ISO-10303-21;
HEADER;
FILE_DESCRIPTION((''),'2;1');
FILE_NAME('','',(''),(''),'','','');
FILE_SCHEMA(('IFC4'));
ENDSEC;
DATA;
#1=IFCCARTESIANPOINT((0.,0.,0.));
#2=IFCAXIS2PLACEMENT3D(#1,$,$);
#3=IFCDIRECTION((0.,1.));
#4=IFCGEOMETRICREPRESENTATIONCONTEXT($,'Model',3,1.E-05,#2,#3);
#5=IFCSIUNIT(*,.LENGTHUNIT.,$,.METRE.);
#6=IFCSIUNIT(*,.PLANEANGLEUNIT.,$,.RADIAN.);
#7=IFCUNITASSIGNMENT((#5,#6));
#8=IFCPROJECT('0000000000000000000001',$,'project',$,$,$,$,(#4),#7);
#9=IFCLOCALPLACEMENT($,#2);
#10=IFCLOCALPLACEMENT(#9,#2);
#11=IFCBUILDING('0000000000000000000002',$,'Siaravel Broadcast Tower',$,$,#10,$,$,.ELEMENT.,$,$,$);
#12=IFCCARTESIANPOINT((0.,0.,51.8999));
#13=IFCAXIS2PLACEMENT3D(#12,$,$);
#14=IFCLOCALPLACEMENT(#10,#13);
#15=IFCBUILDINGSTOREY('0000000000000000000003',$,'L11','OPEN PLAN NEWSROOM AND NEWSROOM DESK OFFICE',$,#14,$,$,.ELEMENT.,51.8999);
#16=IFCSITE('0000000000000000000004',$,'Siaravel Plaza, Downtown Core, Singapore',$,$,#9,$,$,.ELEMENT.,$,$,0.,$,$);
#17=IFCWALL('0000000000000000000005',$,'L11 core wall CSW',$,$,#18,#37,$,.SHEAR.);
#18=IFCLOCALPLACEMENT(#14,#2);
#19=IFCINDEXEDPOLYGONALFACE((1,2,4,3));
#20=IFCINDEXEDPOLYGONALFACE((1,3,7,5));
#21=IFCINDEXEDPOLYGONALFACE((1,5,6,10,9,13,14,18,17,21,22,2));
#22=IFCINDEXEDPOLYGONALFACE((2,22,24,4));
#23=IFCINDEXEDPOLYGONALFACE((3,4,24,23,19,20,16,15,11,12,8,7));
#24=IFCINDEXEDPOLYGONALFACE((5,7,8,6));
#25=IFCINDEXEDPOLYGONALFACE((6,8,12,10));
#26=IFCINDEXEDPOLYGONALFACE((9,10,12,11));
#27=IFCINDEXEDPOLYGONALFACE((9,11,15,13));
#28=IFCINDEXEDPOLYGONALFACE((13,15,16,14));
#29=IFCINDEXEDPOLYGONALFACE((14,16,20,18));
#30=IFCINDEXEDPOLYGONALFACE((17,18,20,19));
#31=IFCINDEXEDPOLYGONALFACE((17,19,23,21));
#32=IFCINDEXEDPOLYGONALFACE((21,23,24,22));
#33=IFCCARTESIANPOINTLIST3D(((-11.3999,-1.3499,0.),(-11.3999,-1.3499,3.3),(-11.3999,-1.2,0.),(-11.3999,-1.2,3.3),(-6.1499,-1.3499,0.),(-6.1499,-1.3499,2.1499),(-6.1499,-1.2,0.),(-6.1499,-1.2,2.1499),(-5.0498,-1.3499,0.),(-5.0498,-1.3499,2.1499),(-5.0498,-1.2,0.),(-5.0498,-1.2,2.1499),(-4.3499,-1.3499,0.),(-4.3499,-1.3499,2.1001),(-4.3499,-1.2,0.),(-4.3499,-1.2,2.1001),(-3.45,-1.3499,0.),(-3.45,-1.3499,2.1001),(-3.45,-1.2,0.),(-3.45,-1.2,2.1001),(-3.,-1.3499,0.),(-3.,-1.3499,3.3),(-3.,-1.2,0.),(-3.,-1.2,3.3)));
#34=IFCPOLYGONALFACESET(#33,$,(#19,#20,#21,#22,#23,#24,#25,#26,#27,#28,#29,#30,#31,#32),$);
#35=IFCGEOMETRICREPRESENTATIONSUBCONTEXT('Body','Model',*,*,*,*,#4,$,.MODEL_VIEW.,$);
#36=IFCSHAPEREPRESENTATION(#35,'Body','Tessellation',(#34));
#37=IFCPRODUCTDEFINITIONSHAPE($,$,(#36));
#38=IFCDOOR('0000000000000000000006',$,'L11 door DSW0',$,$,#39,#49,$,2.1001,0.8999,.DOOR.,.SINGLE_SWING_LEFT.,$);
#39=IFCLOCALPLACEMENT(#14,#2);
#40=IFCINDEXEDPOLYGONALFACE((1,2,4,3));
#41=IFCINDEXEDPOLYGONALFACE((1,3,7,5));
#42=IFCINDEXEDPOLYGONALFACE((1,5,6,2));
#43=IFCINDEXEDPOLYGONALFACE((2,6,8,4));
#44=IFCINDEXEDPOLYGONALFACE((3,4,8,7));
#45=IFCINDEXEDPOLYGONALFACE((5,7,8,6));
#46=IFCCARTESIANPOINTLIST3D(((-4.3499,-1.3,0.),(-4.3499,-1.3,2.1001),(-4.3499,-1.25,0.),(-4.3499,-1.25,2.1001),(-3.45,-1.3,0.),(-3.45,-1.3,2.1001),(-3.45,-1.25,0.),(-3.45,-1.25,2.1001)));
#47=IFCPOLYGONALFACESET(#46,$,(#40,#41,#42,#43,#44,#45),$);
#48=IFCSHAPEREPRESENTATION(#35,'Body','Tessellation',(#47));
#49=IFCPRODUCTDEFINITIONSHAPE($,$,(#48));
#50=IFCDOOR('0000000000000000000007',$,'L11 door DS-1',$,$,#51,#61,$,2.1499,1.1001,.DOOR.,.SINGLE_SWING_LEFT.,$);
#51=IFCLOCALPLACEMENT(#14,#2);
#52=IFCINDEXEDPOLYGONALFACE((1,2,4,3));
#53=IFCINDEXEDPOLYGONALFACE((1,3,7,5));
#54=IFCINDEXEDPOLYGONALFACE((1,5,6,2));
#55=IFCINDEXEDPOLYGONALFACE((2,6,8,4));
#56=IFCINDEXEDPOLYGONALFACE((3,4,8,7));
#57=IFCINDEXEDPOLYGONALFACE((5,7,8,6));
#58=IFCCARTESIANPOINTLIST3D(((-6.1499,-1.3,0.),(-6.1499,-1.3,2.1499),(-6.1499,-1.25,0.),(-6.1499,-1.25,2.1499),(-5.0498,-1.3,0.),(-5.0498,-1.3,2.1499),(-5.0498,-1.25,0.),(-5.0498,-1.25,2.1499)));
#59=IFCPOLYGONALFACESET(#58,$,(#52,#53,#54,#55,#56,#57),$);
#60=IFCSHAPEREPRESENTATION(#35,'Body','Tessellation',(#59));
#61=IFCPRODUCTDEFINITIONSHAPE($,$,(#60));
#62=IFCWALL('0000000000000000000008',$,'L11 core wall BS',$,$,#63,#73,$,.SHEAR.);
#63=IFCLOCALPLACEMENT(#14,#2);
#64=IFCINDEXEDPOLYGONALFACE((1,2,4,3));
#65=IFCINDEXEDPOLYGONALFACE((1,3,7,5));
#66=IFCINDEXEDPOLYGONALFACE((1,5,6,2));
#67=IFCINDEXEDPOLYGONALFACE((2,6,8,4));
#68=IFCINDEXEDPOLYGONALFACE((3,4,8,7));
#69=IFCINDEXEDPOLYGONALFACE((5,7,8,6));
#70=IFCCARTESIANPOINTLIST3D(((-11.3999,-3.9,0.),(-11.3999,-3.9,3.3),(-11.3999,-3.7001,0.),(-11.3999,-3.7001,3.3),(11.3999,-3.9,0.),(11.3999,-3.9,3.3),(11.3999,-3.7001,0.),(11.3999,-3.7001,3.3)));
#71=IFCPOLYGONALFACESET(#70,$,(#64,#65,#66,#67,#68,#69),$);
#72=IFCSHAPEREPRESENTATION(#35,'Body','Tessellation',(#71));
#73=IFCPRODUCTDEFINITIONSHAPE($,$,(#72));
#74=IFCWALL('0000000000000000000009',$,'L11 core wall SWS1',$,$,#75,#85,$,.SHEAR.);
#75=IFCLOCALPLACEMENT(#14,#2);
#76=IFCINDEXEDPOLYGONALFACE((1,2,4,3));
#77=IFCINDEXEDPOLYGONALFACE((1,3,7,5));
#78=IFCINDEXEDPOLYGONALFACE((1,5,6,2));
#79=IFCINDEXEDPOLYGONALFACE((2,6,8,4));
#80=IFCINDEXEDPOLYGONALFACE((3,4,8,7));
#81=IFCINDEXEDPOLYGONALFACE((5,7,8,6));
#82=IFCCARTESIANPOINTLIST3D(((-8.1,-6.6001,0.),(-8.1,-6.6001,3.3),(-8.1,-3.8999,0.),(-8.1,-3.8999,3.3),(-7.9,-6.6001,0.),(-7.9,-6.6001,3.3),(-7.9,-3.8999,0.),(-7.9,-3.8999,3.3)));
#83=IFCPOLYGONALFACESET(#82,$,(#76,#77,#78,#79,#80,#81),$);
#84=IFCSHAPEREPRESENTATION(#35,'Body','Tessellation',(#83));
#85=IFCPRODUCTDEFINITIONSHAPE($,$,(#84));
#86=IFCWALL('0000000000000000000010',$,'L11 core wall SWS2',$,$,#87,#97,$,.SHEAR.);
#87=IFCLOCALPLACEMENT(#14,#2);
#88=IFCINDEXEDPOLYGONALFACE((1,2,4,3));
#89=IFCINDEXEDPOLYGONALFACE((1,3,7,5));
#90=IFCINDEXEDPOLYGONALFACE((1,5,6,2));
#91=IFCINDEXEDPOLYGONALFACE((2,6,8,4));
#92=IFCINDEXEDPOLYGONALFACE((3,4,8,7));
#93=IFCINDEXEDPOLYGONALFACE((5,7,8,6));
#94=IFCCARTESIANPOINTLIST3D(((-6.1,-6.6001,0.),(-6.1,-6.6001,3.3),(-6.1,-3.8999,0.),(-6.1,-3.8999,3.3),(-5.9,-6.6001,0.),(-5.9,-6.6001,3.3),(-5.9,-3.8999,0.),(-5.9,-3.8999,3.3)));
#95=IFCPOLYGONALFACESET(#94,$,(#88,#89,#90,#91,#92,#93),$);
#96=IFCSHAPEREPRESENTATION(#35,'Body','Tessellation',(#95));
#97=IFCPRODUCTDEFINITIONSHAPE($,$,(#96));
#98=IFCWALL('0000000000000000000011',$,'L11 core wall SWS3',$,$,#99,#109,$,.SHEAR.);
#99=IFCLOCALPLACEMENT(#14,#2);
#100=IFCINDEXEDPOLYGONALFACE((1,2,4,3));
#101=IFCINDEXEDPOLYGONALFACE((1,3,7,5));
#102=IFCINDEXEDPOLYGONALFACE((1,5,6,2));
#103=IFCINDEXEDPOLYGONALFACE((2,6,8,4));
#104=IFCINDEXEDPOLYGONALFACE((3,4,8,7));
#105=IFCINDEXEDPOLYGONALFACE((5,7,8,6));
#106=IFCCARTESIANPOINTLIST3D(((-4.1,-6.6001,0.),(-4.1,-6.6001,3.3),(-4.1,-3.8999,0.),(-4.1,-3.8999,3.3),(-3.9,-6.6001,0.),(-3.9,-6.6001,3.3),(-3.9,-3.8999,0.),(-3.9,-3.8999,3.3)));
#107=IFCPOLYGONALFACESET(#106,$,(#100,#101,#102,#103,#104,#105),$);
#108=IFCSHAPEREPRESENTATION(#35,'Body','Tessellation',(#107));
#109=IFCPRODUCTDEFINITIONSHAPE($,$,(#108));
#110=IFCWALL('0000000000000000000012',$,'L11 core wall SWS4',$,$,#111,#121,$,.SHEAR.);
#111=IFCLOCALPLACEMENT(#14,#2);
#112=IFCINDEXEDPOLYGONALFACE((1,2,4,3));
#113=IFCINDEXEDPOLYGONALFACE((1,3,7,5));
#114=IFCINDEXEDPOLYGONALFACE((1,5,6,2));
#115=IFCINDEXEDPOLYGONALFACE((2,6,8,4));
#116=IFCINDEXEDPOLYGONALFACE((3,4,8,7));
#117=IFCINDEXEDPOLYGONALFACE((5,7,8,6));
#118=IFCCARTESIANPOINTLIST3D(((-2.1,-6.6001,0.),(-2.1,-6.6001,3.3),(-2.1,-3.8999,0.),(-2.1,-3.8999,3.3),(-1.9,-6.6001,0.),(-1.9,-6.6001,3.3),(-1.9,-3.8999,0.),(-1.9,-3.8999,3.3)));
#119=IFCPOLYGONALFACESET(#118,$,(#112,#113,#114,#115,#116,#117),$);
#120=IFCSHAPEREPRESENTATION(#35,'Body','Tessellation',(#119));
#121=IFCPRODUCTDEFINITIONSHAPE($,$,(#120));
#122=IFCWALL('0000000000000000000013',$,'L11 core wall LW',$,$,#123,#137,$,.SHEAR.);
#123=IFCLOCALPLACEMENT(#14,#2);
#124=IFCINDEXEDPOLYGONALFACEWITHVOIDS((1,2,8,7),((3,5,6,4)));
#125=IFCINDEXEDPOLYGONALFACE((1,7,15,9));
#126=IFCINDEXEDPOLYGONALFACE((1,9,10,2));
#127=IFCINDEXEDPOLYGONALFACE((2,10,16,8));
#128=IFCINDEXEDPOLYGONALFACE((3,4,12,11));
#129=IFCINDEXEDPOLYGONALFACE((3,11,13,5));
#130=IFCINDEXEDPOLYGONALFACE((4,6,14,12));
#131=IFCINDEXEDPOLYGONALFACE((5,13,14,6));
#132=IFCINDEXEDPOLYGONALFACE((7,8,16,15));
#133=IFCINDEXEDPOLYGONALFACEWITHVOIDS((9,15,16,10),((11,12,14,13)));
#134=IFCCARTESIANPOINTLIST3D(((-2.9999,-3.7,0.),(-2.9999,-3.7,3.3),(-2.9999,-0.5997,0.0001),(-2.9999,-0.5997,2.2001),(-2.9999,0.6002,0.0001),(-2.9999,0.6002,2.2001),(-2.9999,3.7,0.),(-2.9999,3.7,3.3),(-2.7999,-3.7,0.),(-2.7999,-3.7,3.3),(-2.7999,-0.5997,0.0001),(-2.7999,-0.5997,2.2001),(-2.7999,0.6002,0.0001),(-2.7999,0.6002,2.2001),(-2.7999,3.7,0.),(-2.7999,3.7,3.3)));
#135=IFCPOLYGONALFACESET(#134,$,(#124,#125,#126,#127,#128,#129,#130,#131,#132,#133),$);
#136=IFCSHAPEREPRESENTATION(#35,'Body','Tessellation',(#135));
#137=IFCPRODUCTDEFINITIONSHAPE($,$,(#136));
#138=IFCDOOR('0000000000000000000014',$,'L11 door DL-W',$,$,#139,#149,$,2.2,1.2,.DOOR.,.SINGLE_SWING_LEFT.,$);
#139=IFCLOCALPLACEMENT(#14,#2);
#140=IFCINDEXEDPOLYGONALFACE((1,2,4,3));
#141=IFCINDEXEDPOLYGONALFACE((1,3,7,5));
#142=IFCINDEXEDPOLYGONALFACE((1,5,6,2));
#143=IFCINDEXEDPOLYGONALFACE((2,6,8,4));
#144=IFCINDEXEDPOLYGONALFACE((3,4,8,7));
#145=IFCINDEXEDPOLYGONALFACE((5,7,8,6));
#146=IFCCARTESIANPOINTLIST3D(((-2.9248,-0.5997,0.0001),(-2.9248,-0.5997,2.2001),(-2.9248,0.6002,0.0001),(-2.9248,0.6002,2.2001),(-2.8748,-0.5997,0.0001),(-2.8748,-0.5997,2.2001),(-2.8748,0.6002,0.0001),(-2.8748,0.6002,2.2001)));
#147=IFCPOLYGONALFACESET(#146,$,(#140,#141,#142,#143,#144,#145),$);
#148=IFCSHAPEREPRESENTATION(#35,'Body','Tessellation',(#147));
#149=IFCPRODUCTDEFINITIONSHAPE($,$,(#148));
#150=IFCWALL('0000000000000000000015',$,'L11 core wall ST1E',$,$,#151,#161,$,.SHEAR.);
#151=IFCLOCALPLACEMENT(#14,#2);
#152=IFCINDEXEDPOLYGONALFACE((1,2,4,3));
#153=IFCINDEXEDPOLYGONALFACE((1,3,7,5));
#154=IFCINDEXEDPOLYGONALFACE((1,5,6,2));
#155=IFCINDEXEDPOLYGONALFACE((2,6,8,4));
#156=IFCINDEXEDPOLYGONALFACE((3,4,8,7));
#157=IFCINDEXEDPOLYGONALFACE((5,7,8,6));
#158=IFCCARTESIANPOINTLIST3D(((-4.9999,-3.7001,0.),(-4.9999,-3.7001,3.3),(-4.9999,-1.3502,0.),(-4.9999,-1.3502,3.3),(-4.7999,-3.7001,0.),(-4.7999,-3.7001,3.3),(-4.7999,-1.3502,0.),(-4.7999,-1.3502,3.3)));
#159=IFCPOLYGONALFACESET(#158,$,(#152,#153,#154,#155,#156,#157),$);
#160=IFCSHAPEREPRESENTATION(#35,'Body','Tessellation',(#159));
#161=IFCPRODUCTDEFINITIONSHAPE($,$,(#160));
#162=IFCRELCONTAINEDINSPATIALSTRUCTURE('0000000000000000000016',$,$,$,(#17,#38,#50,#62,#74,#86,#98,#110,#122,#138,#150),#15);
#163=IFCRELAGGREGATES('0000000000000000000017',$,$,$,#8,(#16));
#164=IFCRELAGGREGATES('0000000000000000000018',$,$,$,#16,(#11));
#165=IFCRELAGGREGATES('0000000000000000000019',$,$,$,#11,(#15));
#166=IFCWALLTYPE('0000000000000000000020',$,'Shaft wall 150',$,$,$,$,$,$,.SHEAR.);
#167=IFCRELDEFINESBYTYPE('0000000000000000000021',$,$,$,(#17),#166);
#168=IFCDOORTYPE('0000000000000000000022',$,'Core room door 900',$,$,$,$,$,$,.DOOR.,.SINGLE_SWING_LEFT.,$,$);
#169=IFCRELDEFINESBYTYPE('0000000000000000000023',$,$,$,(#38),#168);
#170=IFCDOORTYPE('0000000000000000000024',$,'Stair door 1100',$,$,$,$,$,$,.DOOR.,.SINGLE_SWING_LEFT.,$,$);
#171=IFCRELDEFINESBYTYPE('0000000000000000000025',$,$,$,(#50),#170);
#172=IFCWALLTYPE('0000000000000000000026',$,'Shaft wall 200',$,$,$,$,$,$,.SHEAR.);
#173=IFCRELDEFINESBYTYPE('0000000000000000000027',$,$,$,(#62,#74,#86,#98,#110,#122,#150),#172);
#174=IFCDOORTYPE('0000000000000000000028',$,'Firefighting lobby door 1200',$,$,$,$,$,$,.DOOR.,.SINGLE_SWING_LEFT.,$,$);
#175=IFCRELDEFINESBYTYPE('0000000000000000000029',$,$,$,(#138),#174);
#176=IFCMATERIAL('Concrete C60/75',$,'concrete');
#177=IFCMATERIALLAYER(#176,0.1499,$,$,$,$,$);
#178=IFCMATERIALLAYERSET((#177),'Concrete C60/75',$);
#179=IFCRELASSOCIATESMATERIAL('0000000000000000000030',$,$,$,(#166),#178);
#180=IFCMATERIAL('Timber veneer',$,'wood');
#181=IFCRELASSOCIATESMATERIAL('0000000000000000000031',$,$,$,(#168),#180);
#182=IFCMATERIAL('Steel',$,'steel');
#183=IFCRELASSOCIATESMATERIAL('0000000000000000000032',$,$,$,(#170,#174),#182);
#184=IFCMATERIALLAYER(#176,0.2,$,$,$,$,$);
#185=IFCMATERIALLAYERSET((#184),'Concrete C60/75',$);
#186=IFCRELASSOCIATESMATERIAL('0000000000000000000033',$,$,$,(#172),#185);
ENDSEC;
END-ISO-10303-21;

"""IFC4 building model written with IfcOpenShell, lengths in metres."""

from ifc_helpers import new_model, si_unit, direction, frame, frame_2d, origin, place, context, subcontext, project, spatial, rectangle, extrude, material, layer, layer_set, type_object, element, fill, save


model = new_model("IFC4")

# Units and contexts
model_context = context("Model", 3, precision=1e-05, world=origin(), true_north=direction((0.0, 1.0)))
body_context = subcontext(model_context, "Body", "Model", "MODEL_VIEW")
ifc_project = project(units=[si_unit("LENGTHUNIT", "METRE"), si_unit("PLANEANGLEUNIT", "RADIAN")], contexts=[model_context])

# Site, building, storey
site_placement = place(None, origin())
site = spatial("IfcSite", under=ifc_project, at=site_placement, Name="Siaravel Plaza, Downtown Core, Singapore", CompositionType="ELEMENT", RefElevation=0.0)
building_placement = place(site_placement, origin())
building = spatial("IfcBuilding", under=site, at=building_placement, Name="Siaravel Broadcast Tower", CompositionType="ELEMENT")
storey_placement = place(building_placement, frame((0.0, 0.0, 51.8999)))
storey = spatial("IfcBuildingStorey", under=building, at=storey_placement, Name="L11", Description="OPEN PLAN NEWSROOM AND NEWSROOM DESK OFFICE", CompositionType="ELEMENT", Elevation=51.8999)

# Wall, openings, doors
ifc_material_1 = material(Name="Concrete C60/75", Category="concrete")
ifc_layer_1 = layer(ifc_material_1, 0.1499)
ifc_layer_set_1 = layer_set([ifc_layer_1], Name="Concrete C60/75")
wall_type_1 = type_object("IfcWallType", Name="Shaft wall 150", PredefinedType="SHEAR", material=ifc_layer_set_1)
wall_1_placement = place(storey_placement, frame((-11.3999, -1.2749, 0.0), z_axis=(0.0, 0.0, 1.0), x_axis=(1.0, 0.0, 0.0)))
wall_1 = element("IfcWall", 1, at=wall_1_placement, inside=storey, type_object=wall_type_1, Name="L11 core wall CSW", PredefinedType="SHEAR", context=body_context, shape_type="SweptSolid", body=[
    extrude(rectangle(XDim=8.3999, YDim=0.1499, at=frame_2d((4.2, 0.0))), origin(), (0.0, 0.0, 1.0), 3.3),
])
opening_1_placement = place(wall_1_placement, frame((5.25, 0.0, 0.0)))
opening_1 = element("IfcOpeningElement", 2, at=opening_1_placement, cuts=wall_1, PredefinedType="OPENING", context=body_context, shape_type="SweptSolid", body=[
    extrude(rectangle(XDim=1.1001, YDim=2.1499, at=frame_2d((0.55, 1.075))), frame((0.0, 0.085, 0.0), z_axis=(0.0, -1.0, 0.0), x_axis=(1.0, 0.0, 0.0)), (0.0, 0.0, 1.0), 0.1699),
])
opening_2_placement = place(wall_1_placement, frame((7.05, 0.0, 0.0)))
opening_2 = element("IfcOpeningElement", 3, at=opening_2_placement, cuts=wall_1, PredefinedType="OPENING", context=body_context, shape_type="SweptSolid", body=[
    extrude(rectangle(XDim=0.8999, YDim=2.1001, at=frame_2d((0.45, 1.05))), frame((0.0, 0.085, 0.0), z_axis=(0.0, -1.0, 0.0), x_axis=(1.0, 0.0, 0.0)), (0.0, 0.0, 1.0), 0.1699),
])
ifc_material_2 = material(Name="Timber veneer", Category="wood")
door_type_1 = type_object("IfcDoorType", Name="Core room door 900", OperationType="SINGLE_SWING_LEFT", PredefinedType="DOOR", material=ifc_material_2)
door_1_placement = place(opening_2_placement, origin())
door_1 = element("IfcDoor", 4, at=door_1_placement, inside=storey, type_object=door_type_1, Name="L11 door DSW0", OperationType="SINGLE_SWING_LEFT", OverallHeight=2.1001, OverallWidth=0.8999, PredefinedType="DOOR", context=body_context, shape_type="SweptSolid", body=[
    extrude(rectangle(XDim=0.8999, YDim=2.1001, at=frame_2d((0.45, 1.05))), frame((0.0, 0.0249, 0.0), z_axis=(0.0, -1.0, 0.0), x_axis=(1.0, 0.0, 0.0)), (0.0, 0.0, 1.0), 0.05),
])
fill(opening_2, door_1)
ifc_material_3 = material(Name="Steel", Category="steel")
door_type_2 = type_object("IfcDoorType", Name="Stair door 1100", OperationType="SINGLE_SWING_LEFT", PredefinedType="DOOR", material=ifc_material_3)
door_2_placement = place(opening_1_placement, origin())
door_2 = element("IfcDoor", 5, at=door_2_placement, inside=storey, type_object=door_type_2, Name="L11 door DS-1", OperationType="SINGLE_SWING_LEFT", OverallHeight=2.1499, OverallWidth=1.1001, PredefinedType="DOOR", context=body_context, shape_type="SweptSolid", body=[
    extrude(rectangle(XDim=1.1001, YDim=2.1499, at=frame_2d((0.55, 1.075))), frame((0.0, 0.0249, 0.0), z_axis=(0.0, -1.0, 0.0), x_axis=(1.0, 0.0, 0.0)), (0.0, 0.0, 1.0), 0.05),
])
fill(opening_1, door_2)

# Walls
ifc_layer_2 = layer(ifc_material_1, 0.2)
ifc_layer_set_2 = layer_set([ifc_layer_2], Name="Concrete C60/75")
wall_type_2 = type_object("IfcWallType", Name="Shaft wall 200", PredefinedType="SHEAR", material=ifc_layer_set_2)
wall_2_placement = place(storey_placement, frame((-11.3999, -3.8, 0.0), z_axis=(0.0, 0.0, 1.0), x_axis=(1.0, 0.0, 0.0)))
element("IfcWall", 6, at=wall_2_placement, inside=storey, type_object=wall_type_2, Name="L11 core wall BS", PredefinedType="SHEAR", context=body_context, shape_type="SweptSolid", body=[
    extrude(rectangle(XDim=22.7998, YDim=0.2, at=frame_2d((11.3999, 0.0))), origin(), (0.0, 0.0, 1.0), 3.3),
])
for number, where, z_axis, x_axis, name in (
    (7, (-8.0, -6.6001, 0.0), (0.0, 0.0, 1.0), (0.0, 1.0, 0.0), "L11 core wall SWS1"),
    (8, (-6.0, -6.6001, 0.0), (0.0, 0.0, 1.0), (0.0, 1.0, 0.0), "L11 core wall SWS2"),
    (9, (-4.0, -6.6001, 0.0), (0.0, 0.0, 1.0), (0.0, 1.0, 0.0), "L11 core wall SWS3"),
    (10, (-2.0, -6.6001, 0.0), (0.0, 0.0, 1.0), (0.0, 1.0, 0.0), "L11 core wall SWS4"),
):
    element("IfcWall", number, at=place(storey_placement, frame(where, z_axis=z_axis, x_axis=x_axis)), inside=storey, type_object=wall_type_2, Name=name, PredefinedType="SHEAR", context=body_context, shape_type="SweptSolid", body=[
        extrude(rectangle(XDim=2.7002, YDim=0.2, at=frame_2d((1.3501, 0.0))), origin(), (0.0, 0.0, 1.0), 3.3),
    ])

# Wall, opening, door
wall_3_placement = place(storey_placement, frame((-2.8999, -3.7, 0.0), z_axis=(0.0, 0.0, 1.0), x_axis=(0.0, 1.0, 0.0)))
wall_3 = element("IfcWall", 11, at=wall_3_placement, inside=storey, type_object=wall_type_2, Name="L11 core wall LW", PredefinedType="SHEAR", context=body_context, shape_type="SweptSolid", body=[
    extrude(rectangle(XDim=7.3999, YDim=0.2, at=frame_2d((3.7, 0.0))), origin(), (0.0, 0.0, 1.0), 3.3),
])
opening_3_placement = place(wall_3_placement, frame((3.1001, 0.0, 0.0)))
opening_3 = element("IfcOpeningElement", 12, at=opening_3_placement, cuts=wall_3, PredefinedType="OPENING", context=body_context, shape_type="SweptSolid", body=[
    extrude(rectangle(XDim=1.2, YDim=2.2, at=frame_2d((0.6001, 1.1001))), frame((0.0, 0.1099, 0.0), z_axis=(0.0, -1.0, 0.0), x_axis=(1.0, 0.0, 0.0)), (0.0, 0.0, 1.0), 0.22),
])
door_type_3 = type_object("IfcDoorType", Name="Firefighting lobby door 1200", OperationType="SINGLE_SWING_LEFT", PredefinedType="DOOR", material=ifc_material_3)
door_3_placement = place(opening_3_placement, origin())
door_3 = element("IfcDoor", 13, at=door_3_placement, inside=storey, type_object=door_type_3, Name="L11 door DL-W", OperationType="SINGLE_SWING_LEFT", OverallHeight=2.2, OverallWidth=1.2, PredefinedType="DOOR", context=body_context, shape_type="SweptSolid", body=[
    extrude(rectangle(XDim=1.2, YDim=2.2, at=frame_2d((0.6001, 1.1001))), frame((0.0, 0.0249, 0.0), z_axis=(0.0, -1.0, 0.0), x_axis=(1.0, 0.0, 0.0)), (0.0, 0.0, 1.0), 0.05),
])
fill(opening_3, door_3)

# Wall
wall_4_placement = place(storey_placement, frame((-4.8999, -3.7, 0.0), z_axis=(0.0, 0.0, 1.0), x_axis=(0.0, 1.0, 0.0)))
element("IfcWall", 14, at=wall_4_placement, inside=storey, type_object=wall_type_2, Name="L11 core wall ST1E", PredefinedType="SHEAR", context=body_context, shape_type="SweptSolid", body=[
    extrude(rectangle(XDim=2.3499, YDim=0.2, at=frame_2d((1.1748, 0.0))), origin(), (0.0, 0.0, 1.0), 3.3),
])

save(model, "model.ifc")
